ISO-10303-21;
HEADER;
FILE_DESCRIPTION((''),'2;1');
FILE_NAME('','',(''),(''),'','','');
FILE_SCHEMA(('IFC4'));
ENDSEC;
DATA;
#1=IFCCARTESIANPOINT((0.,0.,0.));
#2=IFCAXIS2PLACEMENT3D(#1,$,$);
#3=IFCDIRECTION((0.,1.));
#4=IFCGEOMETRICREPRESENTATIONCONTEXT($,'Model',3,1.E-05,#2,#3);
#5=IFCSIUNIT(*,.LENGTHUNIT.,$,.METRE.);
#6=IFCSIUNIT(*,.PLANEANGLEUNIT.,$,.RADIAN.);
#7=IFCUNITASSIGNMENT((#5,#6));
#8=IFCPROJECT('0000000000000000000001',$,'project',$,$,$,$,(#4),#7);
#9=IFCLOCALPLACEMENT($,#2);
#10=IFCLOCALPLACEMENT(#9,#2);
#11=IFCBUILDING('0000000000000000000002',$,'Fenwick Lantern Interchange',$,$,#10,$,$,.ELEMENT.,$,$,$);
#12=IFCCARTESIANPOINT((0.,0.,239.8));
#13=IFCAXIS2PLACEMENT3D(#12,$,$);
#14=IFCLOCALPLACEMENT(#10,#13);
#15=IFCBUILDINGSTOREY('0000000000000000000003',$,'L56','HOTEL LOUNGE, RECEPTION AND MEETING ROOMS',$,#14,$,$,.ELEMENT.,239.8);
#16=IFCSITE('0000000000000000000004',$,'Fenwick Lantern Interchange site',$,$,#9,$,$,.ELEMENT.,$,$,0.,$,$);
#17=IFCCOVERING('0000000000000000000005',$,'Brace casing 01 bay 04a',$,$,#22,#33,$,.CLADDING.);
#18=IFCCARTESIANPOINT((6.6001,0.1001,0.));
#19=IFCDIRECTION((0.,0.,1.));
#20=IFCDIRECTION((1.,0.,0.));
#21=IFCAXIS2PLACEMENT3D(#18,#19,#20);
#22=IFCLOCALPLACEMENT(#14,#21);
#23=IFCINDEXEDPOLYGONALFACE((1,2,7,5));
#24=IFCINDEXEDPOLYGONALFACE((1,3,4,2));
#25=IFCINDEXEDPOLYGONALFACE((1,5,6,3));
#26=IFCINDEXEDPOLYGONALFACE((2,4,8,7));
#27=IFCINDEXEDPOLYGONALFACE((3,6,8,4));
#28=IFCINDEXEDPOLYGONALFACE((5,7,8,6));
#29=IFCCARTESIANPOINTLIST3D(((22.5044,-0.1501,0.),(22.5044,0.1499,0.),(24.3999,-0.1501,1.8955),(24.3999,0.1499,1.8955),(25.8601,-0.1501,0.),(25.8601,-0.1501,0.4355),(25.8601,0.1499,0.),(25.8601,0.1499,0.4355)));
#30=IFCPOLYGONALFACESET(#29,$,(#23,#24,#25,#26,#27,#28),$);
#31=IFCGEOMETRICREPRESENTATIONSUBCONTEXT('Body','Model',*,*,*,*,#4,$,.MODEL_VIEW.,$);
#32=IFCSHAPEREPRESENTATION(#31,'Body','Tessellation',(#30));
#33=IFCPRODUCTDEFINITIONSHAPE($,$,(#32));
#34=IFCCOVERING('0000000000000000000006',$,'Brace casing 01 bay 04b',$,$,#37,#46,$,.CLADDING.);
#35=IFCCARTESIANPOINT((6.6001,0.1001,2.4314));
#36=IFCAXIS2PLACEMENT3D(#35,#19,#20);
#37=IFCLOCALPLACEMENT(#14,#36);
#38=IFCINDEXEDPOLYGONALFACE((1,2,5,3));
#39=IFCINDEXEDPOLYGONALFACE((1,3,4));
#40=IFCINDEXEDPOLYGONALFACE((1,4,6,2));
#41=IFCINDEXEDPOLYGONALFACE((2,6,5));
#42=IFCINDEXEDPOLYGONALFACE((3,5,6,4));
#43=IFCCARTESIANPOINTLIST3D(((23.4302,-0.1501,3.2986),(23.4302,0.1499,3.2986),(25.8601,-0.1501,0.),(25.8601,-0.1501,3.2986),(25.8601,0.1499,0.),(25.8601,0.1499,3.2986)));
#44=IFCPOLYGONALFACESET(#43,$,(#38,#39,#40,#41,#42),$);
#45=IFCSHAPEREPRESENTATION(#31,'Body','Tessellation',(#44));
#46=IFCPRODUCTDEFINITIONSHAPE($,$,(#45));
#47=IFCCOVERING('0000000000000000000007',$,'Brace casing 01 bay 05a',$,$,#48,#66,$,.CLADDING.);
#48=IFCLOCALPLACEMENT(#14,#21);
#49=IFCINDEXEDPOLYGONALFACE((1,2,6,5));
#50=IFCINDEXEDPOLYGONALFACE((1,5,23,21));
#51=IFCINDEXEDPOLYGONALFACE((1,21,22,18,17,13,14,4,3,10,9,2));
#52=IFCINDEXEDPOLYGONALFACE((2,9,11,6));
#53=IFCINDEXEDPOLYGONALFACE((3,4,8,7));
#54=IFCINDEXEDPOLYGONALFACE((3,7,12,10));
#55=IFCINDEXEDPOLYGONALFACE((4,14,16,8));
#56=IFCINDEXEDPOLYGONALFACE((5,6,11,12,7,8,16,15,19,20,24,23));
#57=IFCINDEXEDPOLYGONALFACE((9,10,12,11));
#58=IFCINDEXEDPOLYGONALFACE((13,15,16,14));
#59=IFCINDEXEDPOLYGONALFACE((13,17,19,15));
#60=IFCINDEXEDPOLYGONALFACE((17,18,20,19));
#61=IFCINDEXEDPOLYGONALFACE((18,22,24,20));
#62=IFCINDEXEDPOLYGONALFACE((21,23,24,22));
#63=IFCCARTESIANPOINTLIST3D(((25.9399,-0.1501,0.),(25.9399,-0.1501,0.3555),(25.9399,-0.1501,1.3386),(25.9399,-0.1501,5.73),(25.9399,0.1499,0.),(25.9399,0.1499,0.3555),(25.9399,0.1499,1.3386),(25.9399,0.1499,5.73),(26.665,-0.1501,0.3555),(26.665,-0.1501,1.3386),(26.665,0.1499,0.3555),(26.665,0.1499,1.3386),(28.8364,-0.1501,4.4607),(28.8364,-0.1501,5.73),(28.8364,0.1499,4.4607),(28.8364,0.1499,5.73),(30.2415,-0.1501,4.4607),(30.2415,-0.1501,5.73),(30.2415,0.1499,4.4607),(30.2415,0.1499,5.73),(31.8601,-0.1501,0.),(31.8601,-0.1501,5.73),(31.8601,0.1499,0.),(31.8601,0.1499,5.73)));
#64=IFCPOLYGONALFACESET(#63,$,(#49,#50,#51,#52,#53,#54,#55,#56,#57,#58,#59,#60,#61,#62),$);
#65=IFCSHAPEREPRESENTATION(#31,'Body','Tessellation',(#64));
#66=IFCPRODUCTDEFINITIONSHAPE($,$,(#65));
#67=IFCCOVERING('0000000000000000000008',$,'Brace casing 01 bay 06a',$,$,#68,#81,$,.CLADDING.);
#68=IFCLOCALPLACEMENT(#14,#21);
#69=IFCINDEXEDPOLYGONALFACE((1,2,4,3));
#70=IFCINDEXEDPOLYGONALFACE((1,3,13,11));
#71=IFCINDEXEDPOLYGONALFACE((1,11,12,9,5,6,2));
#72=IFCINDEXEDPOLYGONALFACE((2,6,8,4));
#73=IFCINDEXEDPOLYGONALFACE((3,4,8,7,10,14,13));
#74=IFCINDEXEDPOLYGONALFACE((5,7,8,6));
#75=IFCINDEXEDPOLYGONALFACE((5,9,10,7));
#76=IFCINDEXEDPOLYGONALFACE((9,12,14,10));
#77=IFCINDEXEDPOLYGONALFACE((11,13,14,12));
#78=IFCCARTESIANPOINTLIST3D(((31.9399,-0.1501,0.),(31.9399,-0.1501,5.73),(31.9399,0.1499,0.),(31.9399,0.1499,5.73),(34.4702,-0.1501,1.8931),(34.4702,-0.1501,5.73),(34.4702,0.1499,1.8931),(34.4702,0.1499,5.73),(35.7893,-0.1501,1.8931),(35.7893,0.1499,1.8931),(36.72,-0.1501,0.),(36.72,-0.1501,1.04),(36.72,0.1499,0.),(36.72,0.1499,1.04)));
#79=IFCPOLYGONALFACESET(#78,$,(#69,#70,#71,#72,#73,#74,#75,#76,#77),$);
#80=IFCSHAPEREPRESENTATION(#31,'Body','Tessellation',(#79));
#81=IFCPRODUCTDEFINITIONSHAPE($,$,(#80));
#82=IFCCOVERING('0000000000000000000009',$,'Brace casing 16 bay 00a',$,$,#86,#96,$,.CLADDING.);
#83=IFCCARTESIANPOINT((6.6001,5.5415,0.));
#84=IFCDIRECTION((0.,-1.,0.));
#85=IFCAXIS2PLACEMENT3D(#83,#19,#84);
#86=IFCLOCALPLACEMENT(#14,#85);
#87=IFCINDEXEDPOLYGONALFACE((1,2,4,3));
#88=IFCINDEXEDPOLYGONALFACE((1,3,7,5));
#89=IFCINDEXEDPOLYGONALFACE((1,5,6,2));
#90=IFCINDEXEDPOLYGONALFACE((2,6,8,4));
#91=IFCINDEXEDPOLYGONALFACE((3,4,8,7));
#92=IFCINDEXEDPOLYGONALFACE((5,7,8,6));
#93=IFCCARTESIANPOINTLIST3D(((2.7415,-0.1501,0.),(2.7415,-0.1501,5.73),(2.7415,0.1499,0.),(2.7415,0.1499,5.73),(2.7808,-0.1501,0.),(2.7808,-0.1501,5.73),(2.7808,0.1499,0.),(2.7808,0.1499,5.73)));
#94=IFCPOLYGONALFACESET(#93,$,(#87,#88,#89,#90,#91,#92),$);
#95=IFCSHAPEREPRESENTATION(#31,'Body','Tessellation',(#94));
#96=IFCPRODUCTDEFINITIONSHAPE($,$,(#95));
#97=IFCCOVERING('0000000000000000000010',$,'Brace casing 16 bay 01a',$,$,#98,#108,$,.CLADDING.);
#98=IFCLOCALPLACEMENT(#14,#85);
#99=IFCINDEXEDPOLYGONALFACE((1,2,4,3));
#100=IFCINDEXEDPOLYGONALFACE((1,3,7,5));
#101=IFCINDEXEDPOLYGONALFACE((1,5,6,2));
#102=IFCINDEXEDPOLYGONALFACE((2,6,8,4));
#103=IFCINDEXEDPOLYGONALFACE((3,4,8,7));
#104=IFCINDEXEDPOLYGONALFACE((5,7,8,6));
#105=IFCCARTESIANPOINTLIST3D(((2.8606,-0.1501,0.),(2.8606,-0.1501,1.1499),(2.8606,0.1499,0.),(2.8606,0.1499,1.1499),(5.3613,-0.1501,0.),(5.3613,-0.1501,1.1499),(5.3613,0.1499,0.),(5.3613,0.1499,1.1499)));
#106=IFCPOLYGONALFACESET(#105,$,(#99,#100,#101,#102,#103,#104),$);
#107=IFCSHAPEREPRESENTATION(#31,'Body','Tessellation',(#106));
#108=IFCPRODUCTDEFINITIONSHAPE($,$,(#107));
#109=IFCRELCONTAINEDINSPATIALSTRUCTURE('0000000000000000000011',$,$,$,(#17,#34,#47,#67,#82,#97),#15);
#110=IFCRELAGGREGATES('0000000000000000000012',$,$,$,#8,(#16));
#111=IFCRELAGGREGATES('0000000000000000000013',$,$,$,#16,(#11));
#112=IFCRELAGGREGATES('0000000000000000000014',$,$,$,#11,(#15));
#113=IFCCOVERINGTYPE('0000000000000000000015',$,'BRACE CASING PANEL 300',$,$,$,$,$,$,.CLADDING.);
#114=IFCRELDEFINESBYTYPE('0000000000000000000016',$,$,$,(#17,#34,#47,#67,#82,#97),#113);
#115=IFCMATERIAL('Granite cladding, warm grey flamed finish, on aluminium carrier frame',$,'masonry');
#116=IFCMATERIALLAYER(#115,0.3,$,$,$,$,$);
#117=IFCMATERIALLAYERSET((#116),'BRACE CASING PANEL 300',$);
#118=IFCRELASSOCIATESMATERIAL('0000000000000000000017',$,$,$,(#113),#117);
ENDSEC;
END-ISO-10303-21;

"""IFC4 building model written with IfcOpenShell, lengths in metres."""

from ifc_helpers import new_model, si_unit, direction, frame, origin, place, context, subcontext, project, spatial, polyline, outline, extrude, material, layer, layer_set, type_object, element, save


model = new_model("IFC4")

# Units and contexts
model_context = context("Model", 3, precision=1e-05, world=origin(), true_north=direction((0.0, 1.0)))
body_context = subcontext(model_context, "Body", "Model", "MODEL_VIEW")
ifc_project = project(units=[si_unit("LENGTHUNIT", "METRE"), si_unit("PLANEANGLEUNIT", "RADIAN")], contexts=[model_context])

# Site, building, storey
site_placement = place(None, origin())
site = spatial("IfcSite", under=ifc_project, at=site_placement, Name="Fenwick Lantern Interchange site", CompositionType="ELEMENT", RefElevation=0.0)
building_placement = place(site_placement, origin())
building = spatial("IfcBuilding", under=site, at=building_placement, Name="Fenwick Lantern Interchange", CompositionType="ELEMENT")
storey_placement = place(building_placement, frame((0.0, 0.0, 239.8)))
storey = spatial("IfcBuildingStorey", under=building, at=storey_placement, Name="L56", Description="HOTEL LOUNGE, RECEPTION AND MEETING ROOMS", CompositionType="ELEMENT", Elevation=239.8)

# Coverings
ifc_material_1 = material(Name="Granite cladding, warm grey flamed finish, on aluminium carrier frame", Category="masonry")
ifc_layer_1 = layer(ifc_material_1, 0.3)
ifc_layer_set_1 = layer_set([ifc_layer_1], Name="BRACE CASING PANEL 300")
covering_type = type_object("IfcCoveringType", Name="BRACE CASING PANEL 300", PredefinedType="CLADDING", material=ifc_layer_set_1)
covering_1_placement = place(storey_placement, frame((6.6001, 0.1001, 0.0), z_axis=(0.0, 0.0, 1.0), x_axis=(1.0, 0.0, 0.0)))
element("IfcCovering", 1, at=covering_1_placement, inside=storey, type_object=covering_type, Name="Brace casing 01 bay 04a", PredefinedType="CLADDING", context=body_context, shape_type="SweptSolid", body=[
    extrude(outline(polyline([(22.5044, 0.0), (25.8601, 0.0), (25.8601, 0.4355), (24.3999, 1.8955), (22.5044, 0.0)])), frame((0.0, 0.1499, 0.0), z_axis=(0.0, -1.0, 0.0), x_axis=(1.0, 0.0, 0.0)), (0.0, 0.0, 1.0), 0.3),
])
covering_2_placement = place(storey_placement, frame((6.6001, 0.1001, 2.4314), z_axis=(0.0, 0.0, 1.0), x_axis=(1.0, 0.0, 0.0)))
element("IfcCovering", 2, at=covering_2_placement, inside=storey, type_object=covering_type, Name="Brace casing 01 bay 04b", PredefinedType="CLADDING", context=body_context, shape_type="SweptSolid", body=[
    extrude(outline(polyline([(25.8601, 0.0), (25.8601, 3.2986), (23.4302, 3.2986), (25.8601, 0.0)])), frame((0.0, 0.1499, 0.0), z_axis=(0.0, -1.0, 0.0), x_axis=(1.0, 0.0, 0.0)), (0.0, 0.0, 1.0), 0.3),
])
covering_3_placement = place(storey_placement, frame((6.6001, 0.1001, 0.0), z_axis=(0.0, 0.0, 1.0), x_axis=(1.0, 0.0, 0.0)))
element("IfcCovering", 3, at=covering_3_placement, inside=storey, type_object=covering_type, Name="Brace casing 01 bay 05a", PredefinedType="CLADDING", context=body_context, shape_type="SweptSolid", body=[
    extrude(outline(polyline([(25.9399, 0.0), (31.8601, 0.0), (31.8601, 5.73), (30.2415, 5.73), (30.2415, 4.4607), (28.8364, 4.4607), (28.8364, 5.73), (25.9399, 5.73), (25.9399, 1.3386), (26.665, 1.3386), (26.665, 0.3555), (25.9399, 0.3555), (25.9399, 0.0)])), frame((0.0, 0.1499, 0.0), z_axis=(0.0, -1.0, 0.0), x_axis=(1.0, 0.0, 0.0)), (0.0, 0.0, 1.0), 0.3),
])
covering_4_placement = place(storey_placement, frame((6.6001, 0.1001, 0.0), z_axis=(0.0, 0.0, 1.0), x_axis=(1.0, 0.0, 0.0)))
element("IfcCovering", 4, at=covering_4_placement, inside=storey, type_object=covering_type, Name="Brace casing 01 bay 06a", PredefinedType="CLADDING", context=body_context, shape_type="SweptSolid", body=[
    extrude(outline(polyline([(31.9399, 0.0), (36.72, 0.0), (36.72, 1.04), (35.7893, 1.8931), (34.4702, 1.8931), (34.4702, 5.73), (31.9399, 5.73), (31.9399, 0.0)])), frame((0.0, 0.1499, 0.0), z_axis=(0.0, -1.0, 0.0), x_axis=(1.0, 0.0, 0.0)), (0.0, 0.0, 1.0), 0.3),
])
covering_5_placement = place(storey_placement, frame((6.6001, 5.5415, 0.0), z_axis=(0.0, 0.0, 1.0), x_axis=(0.0, -1.0, 0.0)))
element("IfcCovering", 5, at=covering_5_placement, inside=storey, type_object=covering_type, Name="Brace casing 16 bay 00a", PredefinedType="CLADDING", context=body_context, shape_type="SweptSolid", body=[
    extrude(outline(polyline([(2.7415, 0.0), (2.7808, 0.0), (2.7808, 5.73), (2.7415, 5.73), (2.7415, 0.0)])), frame((0.0, 0.1499, 0.0), z_axis=(0.0, -1.0, 0.0), x_axis=(1.0, 0.0, 0.0)), (0.0, 0.0, 1.0), 0.3),
])
covering_6_placement = place(storey_placement, frame((6.6001, 5.5415, 0.0), z_axis=(0.0, 0.0, 1.0), x_axis=(0.0, -1.0, 0.0)))
element("IfcCovering", 6, at=covering_6_placement, inside=storey, type_object=covering_type, Name="Brace casing 16 bay 01a", PredefinedType="CLADDING", context=body_context, shape_type="SweptSolid", body=[
    extrude(outline(polyline([(2.8606, 0.0), (5.3613, 0.0), (5.3613, 1.1499), (2.8606, 1.1499), (2.8606, 0.0)])), frame((0.0, 0.1499, 0.0), z_axis=(0.0, -1.0, 0.0), x_axis=(1.0, 0.0, 0.0)), (0.0, 0.0, 1.0), 0.3),
])

save(model, "model.ifc")
